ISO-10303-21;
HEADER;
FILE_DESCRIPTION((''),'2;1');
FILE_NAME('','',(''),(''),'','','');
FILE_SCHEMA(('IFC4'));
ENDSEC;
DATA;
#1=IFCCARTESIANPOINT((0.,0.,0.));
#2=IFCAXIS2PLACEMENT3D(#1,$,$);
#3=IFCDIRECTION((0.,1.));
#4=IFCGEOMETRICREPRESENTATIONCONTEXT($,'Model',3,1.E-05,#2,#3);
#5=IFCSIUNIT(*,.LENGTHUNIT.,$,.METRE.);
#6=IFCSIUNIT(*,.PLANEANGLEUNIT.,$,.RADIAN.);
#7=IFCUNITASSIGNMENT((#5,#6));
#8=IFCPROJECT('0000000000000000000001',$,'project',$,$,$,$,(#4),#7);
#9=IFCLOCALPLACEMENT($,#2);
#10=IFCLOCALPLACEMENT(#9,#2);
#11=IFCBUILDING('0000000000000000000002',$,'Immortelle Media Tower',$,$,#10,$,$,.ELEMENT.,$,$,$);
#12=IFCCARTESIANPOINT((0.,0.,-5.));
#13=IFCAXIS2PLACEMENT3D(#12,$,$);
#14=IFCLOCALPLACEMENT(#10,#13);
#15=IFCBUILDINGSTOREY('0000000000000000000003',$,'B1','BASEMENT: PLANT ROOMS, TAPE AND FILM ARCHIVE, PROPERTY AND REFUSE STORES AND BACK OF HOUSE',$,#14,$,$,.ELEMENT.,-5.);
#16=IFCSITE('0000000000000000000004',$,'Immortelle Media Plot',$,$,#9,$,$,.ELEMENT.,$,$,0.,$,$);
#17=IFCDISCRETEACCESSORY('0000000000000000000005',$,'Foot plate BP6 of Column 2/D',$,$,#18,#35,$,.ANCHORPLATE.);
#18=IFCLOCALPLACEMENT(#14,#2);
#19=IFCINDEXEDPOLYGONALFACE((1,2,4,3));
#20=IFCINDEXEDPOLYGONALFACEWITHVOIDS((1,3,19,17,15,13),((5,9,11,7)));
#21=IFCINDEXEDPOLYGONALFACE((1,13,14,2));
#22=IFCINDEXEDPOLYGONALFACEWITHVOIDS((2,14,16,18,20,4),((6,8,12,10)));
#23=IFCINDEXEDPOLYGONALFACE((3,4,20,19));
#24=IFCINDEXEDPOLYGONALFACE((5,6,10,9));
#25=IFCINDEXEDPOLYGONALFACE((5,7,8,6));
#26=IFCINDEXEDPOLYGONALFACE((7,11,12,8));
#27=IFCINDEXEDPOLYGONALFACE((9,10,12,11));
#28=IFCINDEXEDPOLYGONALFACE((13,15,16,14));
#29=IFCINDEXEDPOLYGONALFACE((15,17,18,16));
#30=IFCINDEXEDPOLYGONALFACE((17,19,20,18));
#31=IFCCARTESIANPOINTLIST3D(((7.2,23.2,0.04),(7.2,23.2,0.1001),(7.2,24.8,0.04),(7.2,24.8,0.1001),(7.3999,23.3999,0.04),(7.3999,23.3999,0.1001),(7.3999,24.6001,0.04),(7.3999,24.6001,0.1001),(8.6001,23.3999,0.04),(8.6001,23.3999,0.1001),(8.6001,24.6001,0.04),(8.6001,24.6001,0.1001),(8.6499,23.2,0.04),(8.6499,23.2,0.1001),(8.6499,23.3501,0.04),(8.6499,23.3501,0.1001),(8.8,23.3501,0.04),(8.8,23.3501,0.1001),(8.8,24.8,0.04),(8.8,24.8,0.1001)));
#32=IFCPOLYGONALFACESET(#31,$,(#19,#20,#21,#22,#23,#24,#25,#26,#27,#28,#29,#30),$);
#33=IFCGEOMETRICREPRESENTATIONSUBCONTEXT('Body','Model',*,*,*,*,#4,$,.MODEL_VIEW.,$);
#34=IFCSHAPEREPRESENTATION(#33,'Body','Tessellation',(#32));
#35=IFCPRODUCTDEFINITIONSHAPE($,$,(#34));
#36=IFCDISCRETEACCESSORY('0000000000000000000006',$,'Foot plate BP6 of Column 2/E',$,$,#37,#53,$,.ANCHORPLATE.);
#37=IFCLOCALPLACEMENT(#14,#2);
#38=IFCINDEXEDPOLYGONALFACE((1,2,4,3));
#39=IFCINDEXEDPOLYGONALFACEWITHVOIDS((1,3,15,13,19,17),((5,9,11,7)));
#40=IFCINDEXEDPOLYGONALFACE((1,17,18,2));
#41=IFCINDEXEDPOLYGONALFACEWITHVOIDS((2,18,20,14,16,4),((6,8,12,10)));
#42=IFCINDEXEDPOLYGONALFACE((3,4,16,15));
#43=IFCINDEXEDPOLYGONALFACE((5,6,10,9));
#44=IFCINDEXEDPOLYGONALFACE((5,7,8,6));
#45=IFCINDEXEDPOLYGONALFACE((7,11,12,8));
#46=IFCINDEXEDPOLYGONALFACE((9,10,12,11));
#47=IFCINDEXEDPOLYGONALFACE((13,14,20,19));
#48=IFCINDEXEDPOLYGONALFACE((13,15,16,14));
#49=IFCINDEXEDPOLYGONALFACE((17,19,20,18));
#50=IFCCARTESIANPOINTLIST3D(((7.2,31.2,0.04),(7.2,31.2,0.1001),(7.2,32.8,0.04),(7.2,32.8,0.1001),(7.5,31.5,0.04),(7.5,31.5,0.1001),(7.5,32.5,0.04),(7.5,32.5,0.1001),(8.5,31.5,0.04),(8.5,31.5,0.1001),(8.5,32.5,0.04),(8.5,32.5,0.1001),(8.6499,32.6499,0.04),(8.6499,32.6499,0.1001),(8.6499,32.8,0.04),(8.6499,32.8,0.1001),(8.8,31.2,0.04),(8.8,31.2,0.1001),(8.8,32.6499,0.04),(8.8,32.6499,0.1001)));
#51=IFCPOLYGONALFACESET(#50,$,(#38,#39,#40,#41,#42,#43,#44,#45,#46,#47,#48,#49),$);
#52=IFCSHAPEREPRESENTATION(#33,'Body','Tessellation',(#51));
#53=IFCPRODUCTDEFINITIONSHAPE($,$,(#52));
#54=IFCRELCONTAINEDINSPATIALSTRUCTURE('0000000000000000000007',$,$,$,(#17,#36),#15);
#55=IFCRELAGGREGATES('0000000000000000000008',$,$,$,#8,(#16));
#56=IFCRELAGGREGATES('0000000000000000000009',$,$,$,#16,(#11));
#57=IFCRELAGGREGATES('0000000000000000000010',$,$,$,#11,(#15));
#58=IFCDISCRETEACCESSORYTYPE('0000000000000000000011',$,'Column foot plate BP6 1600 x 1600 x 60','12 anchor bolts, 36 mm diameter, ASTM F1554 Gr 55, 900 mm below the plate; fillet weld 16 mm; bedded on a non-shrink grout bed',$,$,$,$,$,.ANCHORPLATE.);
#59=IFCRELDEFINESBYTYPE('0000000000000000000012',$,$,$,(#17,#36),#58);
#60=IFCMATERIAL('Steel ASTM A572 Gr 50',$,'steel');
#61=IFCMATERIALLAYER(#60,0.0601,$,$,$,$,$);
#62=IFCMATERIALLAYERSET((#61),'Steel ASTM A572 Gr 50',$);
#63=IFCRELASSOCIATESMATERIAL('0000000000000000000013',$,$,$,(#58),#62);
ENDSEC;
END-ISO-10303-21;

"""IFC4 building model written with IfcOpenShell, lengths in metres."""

from ifc_helpers import new_model, si_unit, direction, frame, origin, place, context, subcontext, project, spatial, polyline, outline, extrude, material, layer, layer_set, type_object, element, save


model = new_model("IFC4")

# Units and contexts
model_context = context("Model", 3, precision=1e-05, world=origin(), true_north=direction((0.0, 1.0)))
body_context = subcontext(model_context, "Body", "Model", "MODEL_VIEW")
ifc_project = project(units=[si_unit("LENGTHUNIT", "METRE"), si_unit("PLANEANGLEUNIT", "RADIAN")], contexts=[model_context])

# Site, building, storey
site_placement = place(None, origin())
site = spatial("IfcSite", under=ifc_project, at=site_placement, Name="Immortelle Media Plot", CompositionType="ELEMENT", RefElevation=0.0)
building_placement = place(site_placement, origin())
building = spatial("IfcBuilding", under=site, at=building_placement, Name="Immortelle Media Tower", CompositionType="ELEMENT")
storey_placement = place(building_placement, frame((0.0, 0.0, -5.0)))
storey = spatial("IfcBuildingStorey", under=building, at=storey_placement, Name="B1", Description="BASEMENT: PLANT ROOMS, TAPE AND FILM ARCHIVE, PROPERTY AND REFUSE STORES AND BACK OF HOUSE", CompositionType="ELEMENT", Elevation=-5.0)

# Shared definitions
ifc_material_1 = material(Name="Steel ASTM A572 Gr 50", Category="steel")

# Discrete accessories
ifc_layer_1 = layer(ifc_material_1, 0.0601)
ifc_layer_set_1 = layer_set([ifc_layer_1], Name="Steel ASTM A572 Gr 50")
discrete_accessory_type = type_object("IfcDiscreteAccessoryType", Name="Column foot plate BP6 1600 x 1600 x 60", Description="12 anchor bolts, 36 mm diameter, ASTM F1554 Gr 55, 900 mm below the plate; fillet weld 16 mm; bedded on a non-shrink grout bed", PredefinedType="ANCHORPLATE", material=ifc_layer_set_1)
discrete_accessory_1_placement = place(storey_placement, frame((8.0, 24.0, 0.04), z_axis=(0.0, 0.0, 1.0), x_axis=(1.0, 0.0, 0.0)))
element("IfcDiscreteAccessory", 1, at=discrete_accessory_1_placement, inside=storey, type_object=discrete_accessory_type, Name="Foot plate BP6 of Column 2/D", PredefinedType="ANCHORPLATE", context=body_context, shape_type="SweptSolid", body=[
    extrude(outline(polyline([(-0.8, 0.8), (-0.8, -0.8), (0.6499, -0.8), (0.6499, -0.6499), (0.8, -0.6499), (0.8, 0.8), (-0.8, 0.8)]), holes=[polyline([(0.6001, 0.6001), (0.6001, -0.6001), (-0.6001, -0.6001), (-0.6001, 0.6001), (0.6001, 0.6001)])]), origin(), (0.0, 0.0, 1.0), 0.0601),
])
discrete_accessory_2_placement = place(storey_placement, frame((8.0, 32.0, 0.04), z_axis=(0.0, 0.0, 1.0), x_axis=(1.0, 0.0, 0.0)))
element("IfcDiscreteAccessory", 2, at=discrete_accessory_2_placement, inside=storey, type_object=discrete_accessory_type, Name="Foot plate BP6 of Column 2/E", PredefinedType="ANCHORPLATE", context=body_context, shape_type="SweptSolid", body=[
    extrude(outline(polyline([(-0.8, -0.8), (0.8, -0.8), (0.8, 0.6499), (0.6499, 0.6499), (0.6499, 0.8), (-0.8, 0.8), (-0.8, -0.8)]), holes=[polyline([(0.5, 0.5), (0.5, -0.5), (-0.5, -0.5), (-0.5, 0.5), (0.5, 0.5)])]), origin(), (0.0, 0.0, 1.0), 0.0601),
])

save(model, "model.ifc")
